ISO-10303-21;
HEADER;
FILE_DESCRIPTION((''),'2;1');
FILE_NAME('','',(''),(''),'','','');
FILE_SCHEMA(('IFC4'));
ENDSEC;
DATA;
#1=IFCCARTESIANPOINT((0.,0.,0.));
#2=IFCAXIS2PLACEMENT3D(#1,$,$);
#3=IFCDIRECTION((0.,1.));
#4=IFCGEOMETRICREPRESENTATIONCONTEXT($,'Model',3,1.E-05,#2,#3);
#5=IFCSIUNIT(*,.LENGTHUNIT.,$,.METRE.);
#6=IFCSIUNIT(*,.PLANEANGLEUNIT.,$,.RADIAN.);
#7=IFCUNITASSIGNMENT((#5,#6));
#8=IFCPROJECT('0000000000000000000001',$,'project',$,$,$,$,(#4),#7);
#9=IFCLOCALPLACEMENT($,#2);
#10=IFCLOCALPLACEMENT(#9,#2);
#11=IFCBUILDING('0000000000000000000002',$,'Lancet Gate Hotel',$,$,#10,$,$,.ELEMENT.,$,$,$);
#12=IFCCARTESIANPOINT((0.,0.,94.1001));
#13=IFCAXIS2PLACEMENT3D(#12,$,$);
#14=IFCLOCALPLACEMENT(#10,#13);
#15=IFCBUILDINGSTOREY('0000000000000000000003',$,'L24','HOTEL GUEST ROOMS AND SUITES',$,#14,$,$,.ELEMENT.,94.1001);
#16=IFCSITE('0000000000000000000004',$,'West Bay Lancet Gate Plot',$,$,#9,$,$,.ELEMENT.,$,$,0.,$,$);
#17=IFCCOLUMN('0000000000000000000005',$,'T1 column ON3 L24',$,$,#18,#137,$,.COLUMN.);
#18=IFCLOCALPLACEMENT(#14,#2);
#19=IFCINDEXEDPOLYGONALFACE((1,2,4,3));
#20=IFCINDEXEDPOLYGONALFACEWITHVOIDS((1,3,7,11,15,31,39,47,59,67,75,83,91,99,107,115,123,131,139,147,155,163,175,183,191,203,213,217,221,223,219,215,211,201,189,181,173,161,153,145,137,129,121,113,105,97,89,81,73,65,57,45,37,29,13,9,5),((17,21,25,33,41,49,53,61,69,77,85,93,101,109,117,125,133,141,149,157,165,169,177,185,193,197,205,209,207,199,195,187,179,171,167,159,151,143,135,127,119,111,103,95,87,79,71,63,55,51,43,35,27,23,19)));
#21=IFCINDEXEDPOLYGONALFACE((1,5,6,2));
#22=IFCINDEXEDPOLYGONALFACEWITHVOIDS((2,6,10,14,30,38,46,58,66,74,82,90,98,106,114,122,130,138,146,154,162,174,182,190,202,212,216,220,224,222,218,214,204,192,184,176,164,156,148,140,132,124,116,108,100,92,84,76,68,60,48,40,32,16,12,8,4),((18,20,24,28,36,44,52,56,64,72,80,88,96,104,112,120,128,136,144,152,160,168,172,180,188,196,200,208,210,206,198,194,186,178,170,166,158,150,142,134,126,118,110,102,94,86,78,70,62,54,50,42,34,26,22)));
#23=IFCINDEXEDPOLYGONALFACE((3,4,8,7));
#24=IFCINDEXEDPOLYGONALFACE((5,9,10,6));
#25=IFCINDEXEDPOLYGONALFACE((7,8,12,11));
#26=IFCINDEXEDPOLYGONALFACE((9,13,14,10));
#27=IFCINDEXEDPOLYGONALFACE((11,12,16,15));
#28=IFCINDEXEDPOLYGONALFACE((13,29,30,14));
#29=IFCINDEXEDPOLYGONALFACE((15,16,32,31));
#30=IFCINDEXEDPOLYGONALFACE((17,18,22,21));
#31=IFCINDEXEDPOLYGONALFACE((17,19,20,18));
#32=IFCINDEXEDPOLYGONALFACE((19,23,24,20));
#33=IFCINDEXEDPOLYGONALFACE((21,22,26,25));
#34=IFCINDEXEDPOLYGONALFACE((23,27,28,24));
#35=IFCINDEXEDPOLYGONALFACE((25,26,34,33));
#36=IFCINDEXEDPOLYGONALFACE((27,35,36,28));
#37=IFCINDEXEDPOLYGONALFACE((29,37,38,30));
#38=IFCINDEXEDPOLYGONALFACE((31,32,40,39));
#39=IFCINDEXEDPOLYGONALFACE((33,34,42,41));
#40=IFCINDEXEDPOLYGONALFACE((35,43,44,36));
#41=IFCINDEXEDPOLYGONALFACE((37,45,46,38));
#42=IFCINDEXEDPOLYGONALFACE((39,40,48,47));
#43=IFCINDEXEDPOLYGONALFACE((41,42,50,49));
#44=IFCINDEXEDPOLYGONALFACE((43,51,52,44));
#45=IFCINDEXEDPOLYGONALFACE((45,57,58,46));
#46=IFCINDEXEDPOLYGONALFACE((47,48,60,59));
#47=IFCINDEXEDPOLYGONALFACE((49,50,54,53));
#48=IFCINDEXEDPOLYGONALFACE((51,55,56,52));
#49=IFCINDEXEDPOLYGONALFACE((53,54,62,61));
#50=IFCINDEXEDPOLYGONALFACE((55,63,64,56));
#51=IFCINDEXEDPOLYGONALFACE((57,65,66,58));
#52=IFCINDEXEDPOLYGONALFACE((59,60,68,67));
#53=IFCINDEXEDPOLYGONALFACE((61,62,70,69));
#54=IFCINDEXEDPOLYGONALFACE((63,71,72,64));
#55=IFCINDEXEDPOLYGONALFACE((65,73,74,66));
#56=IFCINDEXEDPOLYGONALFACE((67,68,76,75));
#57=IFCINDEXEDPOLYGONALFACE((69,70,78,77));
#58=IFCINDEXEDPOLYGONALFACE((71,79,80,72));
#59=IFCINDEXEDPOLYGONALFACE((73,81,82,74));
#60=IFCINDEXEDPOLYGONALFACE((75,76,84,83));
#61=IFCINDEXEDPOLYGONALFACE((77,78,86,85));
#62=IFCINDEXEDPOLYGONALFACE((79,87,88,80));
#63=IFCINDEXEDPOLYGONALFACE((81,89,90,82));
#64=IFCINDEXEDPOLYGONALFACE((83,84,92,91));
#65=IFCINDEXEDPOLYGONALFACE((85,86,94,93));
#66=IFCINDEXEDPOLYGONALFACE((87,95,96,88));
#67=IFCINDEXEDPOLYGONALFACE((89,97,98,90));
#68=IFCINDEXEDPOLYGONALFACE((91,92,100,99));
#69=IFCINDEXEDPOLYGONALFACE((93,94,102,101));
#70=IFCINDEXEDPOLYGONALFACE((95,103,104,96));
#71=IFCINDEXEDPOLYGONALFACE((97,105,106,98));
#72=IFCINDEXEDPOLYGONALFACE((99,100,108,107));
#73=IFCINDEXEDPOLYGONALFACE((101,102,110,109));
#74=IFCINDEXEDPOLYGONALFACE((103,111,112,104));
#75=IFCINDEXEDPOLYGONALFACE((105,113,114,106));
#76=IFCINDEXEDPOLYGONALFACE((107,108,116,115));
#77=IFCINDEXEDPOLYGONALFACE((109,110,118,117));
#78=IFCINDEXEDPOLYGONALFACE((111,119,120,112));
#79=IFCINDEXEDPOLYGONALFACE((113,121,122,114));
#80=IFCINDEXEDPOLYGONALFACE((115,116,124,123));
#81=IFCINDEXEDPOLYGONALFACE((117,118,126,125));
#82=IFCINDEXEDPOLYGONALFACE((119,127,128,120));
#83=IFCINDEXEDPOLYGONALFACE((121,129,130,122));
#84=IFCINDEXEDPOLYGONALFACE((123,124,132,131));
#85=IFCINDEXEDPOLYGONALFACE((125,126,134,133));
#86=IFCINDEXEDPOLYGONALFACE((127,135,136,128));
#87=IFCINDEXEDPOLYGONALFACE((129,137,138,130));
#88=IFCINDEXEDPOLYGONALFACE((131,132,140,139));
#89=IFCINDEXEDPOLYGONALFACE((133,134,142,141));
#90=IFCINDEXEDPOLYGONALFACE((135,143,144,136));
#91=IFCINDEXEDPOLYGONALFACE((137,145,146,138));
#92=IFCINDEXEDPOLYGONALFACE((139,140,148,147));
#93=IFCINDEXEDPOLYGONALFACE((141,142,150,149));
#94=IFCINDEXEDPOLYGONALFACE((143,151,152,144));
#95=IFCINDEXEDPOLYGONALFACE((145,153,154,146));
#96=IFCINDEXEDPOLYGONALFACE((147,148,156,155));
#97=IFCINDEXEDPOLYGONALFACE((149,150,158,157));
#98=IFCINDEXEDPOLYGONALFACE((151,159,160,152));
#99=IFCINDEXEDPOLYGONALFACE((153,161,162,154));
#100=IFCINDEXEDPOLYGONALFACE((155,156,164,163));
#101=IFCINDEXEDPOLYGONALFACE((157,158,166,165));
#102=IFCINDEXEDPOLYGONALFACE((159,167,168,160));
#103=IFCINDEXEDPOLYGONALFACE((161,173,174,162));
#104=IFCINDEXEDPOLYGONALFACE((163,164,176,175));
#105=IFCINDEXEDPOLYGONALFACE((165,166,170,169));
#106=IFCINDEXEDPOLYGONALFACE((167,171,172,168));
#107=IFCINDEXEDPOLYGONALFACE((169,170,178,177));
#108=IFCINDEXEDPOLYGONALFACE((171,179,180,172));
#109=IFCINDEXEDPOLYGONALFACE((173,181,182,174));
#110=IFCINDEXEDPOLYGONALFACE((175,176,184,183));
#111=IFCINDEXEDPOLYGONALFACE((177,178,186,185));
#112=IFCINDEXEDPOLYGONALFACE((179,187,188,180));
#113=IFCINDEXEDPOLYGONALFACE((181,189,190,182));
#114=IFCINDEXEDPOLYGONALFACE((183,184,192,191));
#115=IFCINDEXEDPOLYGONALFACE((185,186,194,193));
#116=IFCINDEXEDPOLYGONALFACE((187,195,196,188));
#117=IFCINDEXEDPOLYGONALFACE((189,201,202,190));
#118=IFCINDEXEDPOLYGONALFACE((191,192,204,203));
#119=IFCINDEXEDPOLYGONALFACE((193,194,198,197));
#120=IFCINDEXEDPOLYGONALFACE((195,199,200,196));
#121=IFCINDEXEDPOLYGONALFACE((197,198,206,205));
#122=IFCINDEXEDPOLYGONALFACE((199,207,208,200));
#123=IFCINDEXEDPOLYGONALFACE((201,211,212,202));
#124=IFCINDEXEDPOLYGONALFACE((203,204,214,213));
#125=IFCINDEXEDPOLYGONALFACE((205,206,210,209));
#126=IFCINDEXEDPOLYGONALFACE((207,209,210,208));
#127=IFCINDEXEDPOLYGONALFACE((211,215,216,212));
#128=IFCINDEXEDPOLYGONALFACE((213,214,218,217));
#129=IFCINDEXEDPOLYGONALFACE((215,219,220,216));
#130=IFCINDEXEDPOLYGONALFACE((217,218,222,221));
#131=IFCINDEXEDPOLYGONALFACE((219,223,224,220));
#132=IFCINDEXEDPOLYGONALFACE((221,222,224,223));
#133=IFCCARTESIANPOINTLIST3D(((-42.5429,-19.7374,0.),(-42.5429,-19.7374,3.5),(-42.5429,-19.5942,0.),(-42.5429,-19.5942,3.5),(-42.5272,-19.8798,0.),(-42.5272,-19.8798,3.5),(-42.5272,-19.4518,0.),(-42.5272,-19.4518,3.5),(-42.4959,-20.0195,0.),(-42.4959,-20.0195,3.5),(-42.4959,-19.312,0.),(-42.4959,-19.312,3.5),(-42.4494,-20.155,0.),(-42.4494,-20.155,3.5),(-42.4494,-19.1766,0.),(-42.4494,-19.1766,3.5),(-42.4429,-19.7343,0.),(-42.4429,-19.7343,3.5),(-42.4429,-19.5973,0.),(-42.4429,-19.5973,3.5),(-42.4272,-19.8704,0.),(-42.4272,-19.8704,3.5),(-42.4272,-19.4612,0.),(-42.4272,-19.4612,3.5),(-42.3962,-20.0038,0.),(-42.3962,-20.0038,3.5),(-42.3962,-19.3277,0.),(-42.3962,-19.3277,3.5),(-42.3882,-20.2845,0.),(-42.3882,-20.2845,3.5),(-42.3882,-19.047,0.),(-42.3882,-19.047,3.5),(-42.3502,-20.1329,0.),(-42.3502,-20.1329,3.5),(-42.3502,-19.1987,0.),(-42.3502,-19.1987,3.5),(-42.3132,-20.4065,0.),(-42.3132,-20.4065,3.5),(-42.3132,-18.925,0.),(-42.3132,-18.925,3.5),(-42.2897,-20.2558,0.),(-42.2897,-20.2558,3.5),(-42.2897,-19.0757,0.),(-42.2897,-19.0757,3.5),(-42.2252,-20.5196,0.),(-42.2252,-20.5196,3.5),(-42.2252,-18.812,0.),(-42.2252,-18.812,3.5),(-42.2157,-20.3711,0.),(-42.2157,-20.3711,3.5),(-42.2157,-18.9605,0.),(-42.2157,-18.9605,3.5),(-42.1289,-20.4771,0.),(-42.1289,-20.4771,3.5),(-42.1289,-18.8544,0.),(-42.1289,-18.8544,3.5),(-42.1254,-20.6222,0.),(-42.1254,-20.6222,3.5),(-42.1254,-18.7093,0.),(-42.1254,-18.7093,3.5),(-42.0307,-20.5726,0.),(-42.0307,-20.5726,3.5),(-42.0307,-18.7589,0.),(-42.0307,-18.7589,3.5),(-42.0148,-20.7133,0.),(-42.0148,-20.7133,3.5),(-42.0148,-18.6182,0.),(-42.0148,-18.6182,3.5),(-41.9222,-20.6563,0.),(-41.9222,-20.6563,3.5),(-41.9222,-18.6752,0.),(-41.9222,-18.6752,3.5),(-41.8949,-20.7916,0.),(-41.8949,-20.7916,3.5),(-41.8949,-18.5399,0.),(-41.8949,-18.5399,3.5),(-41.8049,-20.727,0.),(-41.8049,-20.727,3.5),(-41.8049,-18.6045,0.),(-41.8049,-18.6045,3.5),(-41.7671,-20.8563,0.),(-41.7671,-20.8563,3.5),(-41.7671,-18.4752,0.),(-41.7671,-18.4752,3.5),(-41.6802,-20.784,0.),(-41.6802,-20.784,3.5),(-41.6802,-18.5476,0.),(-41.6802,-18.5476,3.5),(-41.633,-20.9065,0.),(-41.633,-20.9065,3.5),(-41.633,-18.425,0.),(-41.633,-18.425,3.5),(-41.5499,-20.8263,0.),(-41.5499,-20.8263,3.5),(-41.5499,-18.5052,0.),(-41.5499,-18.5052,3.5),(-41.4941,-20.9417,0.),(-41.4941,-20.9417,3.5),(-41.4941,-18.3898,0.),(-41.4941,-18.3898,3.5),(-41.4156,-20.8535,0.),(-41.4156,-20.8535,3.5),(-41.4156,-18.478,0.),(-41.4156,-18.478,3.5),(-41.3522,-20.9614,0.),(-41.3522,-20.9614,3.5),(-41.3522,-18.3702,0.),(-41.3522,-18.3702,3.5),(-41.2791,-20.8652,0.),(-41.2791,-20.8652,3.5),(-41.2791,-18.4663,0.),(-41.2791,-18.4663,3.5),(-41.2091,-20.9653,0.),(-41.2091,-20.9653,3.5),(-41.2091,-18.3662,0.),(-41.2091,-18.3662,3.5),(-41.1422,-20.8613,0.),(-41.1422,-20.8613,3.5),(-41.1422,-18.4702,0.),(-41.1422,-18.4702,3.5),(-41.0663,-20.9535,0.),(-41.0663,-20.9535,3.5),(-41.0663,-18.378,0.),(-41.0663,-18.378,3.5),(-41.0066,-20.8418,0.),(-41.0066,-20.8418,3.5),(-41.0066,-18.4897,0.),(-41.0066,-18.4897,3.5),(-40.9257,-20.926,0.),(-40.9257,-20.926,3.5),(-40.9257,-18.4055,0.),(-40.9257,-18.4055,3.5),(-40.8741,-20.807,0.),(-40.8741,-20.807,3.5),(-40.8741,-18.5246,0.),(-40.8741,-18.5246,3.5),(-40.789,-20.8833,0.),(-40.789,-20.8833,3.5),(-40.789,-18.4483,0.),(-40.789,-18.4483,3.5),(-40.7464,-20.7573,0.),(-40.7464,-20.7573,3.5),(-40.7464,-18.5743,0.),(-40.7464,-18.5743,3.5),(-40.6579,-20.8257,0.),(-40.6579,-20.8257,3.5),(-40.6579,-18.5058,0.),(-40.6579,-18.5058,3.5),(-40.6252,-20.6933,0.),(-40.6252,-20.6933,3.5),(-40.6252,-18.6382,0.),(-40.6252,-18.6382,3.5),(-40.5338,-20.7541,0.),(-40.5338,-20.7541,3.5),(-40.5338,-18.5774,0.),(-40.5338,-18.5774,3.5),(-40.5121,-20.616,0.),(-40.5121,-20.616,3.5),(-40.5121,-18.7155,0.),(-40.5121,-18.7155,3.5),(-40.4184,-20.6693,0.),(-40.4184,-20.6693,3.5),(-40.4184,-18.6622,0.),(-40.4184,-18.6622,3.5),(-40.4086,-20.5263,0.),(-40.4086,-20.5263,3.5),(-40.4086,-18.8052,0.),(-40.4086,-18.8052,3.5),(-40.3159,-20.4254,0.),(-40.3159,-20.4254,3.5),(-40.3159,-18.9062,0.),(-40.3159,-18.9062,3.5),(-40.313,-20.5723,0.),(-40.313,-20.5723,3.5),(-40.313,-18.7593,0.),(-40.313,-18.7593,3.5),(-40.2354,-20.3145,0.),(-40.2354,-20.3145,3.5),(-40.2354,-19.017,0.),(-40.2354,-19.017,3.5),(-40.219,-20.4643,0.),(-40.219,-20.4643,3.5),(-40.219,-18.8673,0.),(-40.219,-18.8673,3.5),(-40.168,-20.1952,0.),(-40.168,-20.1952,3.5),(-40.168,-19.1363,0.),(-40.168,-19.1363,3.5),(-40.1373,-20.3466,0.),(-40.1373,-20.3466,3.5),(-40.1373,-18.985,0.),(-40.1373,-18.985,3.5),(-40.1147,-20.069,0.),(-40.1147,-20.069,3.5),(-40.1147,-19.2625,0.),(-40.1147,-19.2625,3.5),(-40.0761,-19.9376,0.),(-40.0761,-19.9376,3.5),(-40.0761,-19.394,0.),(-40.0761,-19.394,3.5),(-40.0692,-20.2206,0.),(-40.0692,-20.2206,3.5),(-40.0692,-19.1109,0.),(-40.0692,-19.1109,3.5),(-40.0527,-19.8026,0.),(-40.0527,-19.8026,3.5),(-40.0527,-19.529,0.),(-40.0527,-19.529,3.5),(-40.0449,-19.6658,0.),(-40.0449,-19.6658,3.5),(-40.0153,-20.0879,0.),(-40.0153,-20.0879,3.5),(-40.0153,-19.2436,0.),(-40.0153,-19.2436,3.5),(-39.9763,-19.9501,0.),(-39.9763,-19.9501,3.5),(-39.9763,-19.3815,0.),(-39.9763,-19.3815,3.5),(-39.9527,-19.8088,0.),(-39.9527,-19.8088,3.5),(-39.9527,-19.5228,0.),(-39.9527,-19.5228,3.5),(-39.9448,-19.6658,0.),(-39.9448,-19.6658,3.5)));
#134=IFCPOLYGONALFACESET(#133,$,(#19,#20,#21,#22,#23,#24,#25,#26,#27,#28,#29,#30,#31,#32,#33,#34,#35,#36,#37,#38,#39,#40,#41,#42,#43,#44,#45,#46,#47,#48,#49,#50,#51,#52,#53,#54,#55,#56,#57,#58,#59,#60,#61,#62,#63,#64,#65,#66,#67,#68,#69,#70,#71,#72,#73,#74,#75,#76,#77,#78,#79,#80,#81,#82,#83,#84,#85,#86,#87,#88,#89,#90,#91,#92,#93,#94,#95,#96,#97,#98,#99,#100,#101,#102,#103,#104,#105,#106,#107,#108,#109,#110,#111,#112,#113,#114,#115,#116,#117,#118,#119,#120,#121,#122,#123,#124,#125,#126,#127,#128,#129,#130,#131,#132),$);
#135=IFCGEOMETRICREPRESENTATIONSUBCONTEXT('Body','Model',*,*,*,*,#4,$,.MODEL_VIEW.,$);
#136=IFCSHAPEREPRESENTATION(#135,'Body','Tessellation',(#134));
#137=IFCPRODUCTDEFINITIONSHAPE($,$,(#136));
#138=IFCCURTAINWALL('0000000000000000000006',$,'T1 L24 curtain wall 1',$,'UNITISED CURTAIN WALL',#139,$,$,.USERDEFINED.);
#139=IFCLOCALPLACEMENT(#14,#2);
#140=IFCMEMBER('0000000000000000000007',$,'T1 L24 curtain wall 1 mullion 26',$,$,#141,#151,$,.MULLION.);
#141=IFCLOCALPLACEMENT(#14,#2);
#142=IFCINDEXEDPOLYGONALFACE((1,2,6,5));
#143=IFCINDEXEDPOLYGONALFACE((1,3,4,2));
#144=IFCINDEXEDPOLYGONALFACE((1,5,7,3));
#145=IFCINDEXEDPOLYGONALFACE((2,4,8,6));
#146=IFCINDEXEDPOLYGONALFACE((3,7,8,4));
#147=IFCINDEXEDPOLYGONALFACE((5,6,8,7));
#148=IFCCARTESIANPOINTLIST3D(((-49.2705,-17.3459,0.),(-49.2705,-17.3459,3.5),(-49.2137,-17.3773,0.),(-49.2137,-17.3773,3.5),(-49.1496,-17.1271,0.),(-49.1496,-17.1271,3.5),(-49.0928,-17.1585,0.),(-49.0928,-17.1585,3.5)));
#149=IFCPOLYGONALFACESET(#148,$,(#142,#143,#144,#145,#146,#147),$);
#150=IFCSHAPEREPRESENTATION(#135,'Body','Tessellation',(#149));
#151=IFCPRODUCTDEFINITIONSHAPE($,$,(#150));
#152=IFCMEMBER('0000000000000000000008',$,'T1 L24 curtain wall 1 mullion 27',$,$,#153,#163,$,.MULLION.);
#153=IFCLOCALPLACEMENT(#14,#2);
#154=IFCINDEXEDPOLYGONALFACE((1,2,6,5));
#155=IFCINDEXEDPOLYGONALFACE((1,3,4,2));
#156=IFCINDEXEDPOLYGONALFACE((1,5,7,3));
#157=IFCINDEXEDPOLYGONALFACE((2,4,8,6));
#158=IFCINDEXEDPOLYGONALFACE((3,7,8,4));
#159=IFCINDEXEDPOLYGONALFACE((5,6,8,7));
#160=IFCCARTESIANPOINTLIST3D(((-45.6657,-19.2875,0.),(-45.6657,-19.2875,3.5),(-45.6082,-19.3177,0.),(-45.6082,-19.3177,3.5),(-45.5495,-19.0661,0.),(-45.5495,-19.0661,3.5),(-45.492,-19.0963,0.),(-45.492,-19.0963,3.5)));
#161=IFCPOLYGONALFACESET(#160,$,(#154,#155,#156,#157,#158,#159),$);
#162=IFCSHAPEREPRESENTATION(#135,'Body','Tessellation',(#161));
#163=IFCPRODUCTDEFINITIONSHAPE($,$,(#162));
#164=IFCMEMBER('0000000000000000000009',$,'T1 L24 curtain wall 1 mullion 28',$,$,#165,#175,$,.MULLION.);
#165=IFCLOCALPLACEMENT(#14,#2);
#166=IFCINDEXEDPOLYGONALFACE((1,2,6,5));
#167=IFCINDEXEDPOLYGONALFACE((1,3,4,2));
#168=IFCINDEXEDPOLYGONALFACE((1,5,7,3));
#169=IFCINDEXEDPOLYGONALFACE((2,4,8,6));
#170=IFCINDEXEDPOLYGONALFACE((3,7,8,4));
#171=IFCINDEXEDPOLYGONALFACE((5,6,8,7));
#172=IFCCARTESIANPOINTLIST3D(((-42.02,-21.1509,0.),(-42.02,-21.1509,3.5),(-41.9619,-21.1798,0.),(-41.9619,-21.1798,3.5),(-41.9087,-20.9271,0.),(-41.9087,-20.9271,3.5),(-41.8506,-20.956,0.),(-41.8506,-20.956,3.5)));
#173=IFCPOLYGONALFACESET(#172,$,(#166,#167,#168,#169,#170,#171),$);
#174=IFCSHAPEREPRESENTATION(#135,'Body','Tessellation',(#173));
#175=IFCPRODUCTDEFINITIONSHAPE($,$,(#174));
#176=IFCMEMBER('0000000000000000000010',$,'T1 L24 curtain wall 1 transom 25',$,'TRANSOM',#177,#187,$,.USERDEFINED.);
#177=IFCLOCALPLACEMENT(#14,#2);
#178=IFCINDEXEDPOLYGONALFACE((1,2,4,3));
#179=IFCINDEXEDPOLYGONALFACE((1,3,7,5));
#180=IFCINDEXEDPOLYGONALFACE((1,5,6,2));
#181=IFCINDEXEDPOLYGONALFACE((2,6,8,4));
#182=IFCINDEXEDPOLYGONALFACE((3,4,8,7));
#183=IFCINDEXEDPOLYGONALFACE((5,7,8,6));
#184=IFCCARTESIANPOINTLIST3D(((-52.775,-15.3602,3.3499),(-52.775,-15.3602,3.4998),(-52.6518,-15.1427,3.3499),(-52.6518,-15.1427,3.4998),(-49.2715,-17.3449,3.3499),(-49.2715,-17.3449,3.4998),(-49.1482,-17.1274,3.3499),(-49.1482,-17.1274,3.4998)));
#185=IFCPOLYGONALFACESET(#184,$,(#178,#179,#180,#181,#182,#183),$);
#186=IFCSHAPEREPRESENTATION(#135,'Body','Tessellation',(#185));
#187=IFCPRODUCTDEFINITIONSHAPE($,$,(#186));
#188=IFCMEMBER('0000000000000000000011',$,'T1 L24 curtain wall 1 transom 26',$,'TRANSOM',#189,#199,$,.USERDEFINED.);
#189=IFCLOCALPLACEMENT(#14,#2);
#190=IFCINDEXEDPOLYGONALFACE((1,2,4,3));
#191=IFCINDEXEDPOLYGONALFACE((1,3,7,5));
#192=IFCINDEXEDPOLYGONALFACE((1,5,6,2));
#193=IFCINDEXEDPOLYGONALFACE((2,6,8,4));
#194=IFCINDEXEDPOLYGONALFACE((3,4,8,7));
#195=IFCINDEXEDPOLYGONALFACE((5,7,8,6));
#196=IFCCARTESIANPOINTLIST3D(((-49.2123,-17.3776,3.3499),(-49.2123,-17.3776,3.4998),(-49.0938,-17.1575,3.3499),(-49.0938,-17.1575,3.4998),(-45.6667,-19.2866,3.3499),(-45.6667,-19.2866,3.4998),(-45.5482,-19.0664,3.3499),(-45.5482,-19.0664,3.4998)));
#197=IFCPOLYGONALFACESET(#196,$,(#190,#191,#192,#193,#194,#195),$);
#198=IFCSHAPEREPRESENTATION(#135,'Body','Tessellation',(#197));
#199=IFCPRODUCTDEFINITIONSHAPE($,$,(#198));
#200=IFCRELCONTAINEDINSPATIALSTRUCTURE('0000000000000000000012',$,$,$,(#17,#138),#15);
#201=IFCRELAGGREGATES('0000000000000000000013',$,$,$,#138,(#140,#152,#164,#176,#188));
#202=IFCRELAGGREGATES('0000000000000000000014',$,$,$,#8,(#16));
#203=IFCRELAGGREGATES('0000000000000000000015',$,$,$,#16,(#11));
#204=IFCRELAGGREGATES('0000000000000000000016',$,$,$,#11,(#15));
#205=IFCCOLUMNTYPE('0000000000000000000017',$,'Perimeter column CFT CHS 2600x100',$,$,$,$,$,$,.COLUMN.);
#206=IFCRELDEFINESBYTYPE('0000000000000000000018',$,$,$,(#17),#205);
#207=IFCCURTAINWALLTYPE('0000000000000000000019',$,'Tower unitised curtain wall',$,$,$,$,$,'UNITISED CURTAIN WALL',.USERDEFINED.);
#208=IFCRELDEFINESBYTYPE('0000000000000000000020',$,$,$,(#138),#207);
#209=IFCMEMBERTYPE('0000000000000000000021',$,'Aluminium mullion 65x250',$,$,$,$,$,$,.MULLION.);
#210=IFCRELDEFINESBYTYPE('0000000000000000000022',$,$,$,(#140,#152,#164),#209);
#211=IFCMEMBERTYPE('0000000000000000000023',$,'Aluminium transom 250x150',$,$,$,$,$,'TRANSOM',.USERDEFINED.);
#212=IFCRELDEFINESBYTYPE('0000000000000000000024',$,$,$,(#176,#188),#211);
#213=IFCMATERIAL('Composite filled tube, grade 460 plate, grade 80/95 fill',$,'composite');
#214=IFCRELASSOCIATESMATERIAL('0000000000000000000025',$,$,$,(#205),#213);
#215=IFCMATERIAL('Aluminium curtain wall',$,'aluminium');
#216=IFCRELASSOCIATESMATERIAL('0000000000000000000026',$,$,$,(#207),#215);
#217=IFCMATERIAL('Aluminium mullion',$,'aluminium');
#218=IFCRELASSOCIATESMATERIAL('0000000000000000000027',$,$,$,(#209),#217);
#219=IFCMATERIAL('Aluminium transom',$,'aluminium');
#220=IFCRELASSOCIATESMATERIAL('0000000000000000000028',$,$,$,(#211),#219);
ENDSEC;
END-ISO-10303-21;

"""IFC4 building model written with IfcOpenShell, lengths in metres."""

from ifc_helpers import new_model, si_unit, direction, frame, origin, origin_2d, place, context, subcontext, project, spatial, rectangle, hollow_circle, extrude, material, material_profile, profile_set, type_object, element, aggregate, save


model = new_model("IFC4")

# Units and contexts
model_context = context("Model", 3, precision=1e-05, world=origin(), true_north=direction((0.0, 1.0)))
body_context = subcontext(model_context, "Body", "Model", "MODEL_VIEW")
ifc_project = project(units=[si_unit("LENGTHUNIT", "METRE"), si_unit("PLANEANGLEUNIT", "RADIAN")], contexts=[model_context])

# Site, building, storey
site_placement = place(None, origin())
site = spatial("IfcSite", under=ifc_project, at=site_placement, Name="West Bay Lancet Gate Plot", CompositionType="ELEMENT", RefElevation=0.0)
building_placement = place(site_placement, origin())
building = spatial("IfcBuilding", under=site, at=building_placement, Name="Lancet Gate Hotel", CompositionType="ELEMENT")
storey_placement = place(building_placement, frame((0.0, 0.0, 94.1001)))
storey = spatial("IfcBuildingStorey", under=building, at=storey_placement, Name="L24", Description="HOTEL GUEST ROOMS AND SUITES", CompositionType="ELEMENT", Elevation=94.1001)

# Column
ifc_material_1 = material(Name="Composite filled tube, grade 460 plate, grade 80/95 fill", Category="composite")
ifc_material_profile_1 = material_profile(ifc_material_1, hollow_circle(Radius=1.3, WallThickness=0.1001, at=origin_2d()), Name="CHS 2600x100")
ifc_profile_set_1 = profile_set([ifc_material_profile_1], Name="Composite filled tube, grade 460 plate, grade 80/95 fill")
column_type = type_object("IfcColumnType", Name="Perimeter column CFT CHS 2600x100", PredefinedType="COLUMN", material=ifc_profile_set_1)
for number, where, z_axis, x_axis, name in (
    (1, (-41.2449, -19.6658, 0.0), (0.0, 0.0, 1.0), (1.0, 0.0, 0.0), "T1 column ON3 L24"),
):
    element("IfcColumn", number, at=place(storey_placement, frame(where, z_axis=z_axis, x_axis=x_axis)), inside=storey, type_object=column_type, Name=name, PredefinedType="COLUMN", context=body_context, shape_type="SweptSolid", body=[
        extrude(hollow_circle(Radius=1.3, WallThickness=0.1001, at=origin_2d()), origin(), (0.0, 0.0, 1.0), 3.5),
    ])

# Curtain wall, members
ifc_material_2 = material(Name="Aluminium curtain wall", Category="aluminium")
curtain_wall_type = type_object("IfcCurtainWallType", Name="Tower unitised curtain wall", ElementType="UNITISED CURTAIN WALL", PredefinedType="USERDEFINED", material=ifc_material_2)
curtain_wall_placement = place(storey_placement, origin())
curtain_wall = element("IfcCurtainWall", 2, at=curtain_wall_placement, inside=storey, type_object=curtain_wall_type, Name="T1 L24 curtain wall 1", ObjectType="UNITISED CURTAIN WALL", PredefinedType="USERDEFINED")
ifc_material_3 = material(Name="Aluminium mullion", Category="aluminium")
ifc_material_profile_2 = material_profile(ifc_material_3, rectangle(XDim=0.0649, YDim=0.25, at=origin_2d()), Name="MULLION 65x250")
ifc_profile_set_2 = profile_set([ifc_material_profile_2], Name="Aluminium mullion")
member_type_1 = type_object("IfcMemberType", Name="Aluminium mullion 65x250", PredefinedType="MULLION", material=ifc_profile_set_2)
member_1_placement = place(storey_placement, frame((-49.1816, -17.2522, 0.0), z_axis=(0.0, 0.0, 1.0), x_axis=(0.875339, -0.48351, 0.0)))
member_1 = element("IfcMember", 3, at=member_1_placement, type_object=member_type_1, Name="T1 L24 curtain wall 1 mullion 26", PredefinedType="MULLION", context=body_context, shape_type="SweptSolid", body=[
    extrude(rectangle(XDim=0.0649, YDim=0.25, at=origin_2d()), origin(), (0.0, 0.0, 1.0), 3.5),
])
member_2_placement = place(storey_placement, frame((-45.5789, -19.1919, 0.0), z_axis=(0.0, 0.0, 1.0), x_axis=(0.885544, -0.464555, 0.0)))
member_2 = element("IfcMember", 4, at=member_2_placement, type_object=member_type_1, Name="T1 L24 curtain wall 1 mullion 27", PredefinedType="MULLION", context=body_context, shape_type="SweptSolid", body=[
    extrude(rectangle(XDim=0.0649, YDim=0.25, at=origin_2d()), origin(), (0.0, 0.0, 1.0), 3.5),
])
member_3_placement = place(storey_placement, frame((-41.9353, -21.0535, 0.0), z_axis=(0.0, 0.0, 1.0), x_axis=(0.895339, -0.445384, 0.0)))
member_3 = element("IfcMember", 5, at=member_3_placement, type_object=member_type_1, Name="T1 L24 curtain wall 1 mullion 28", PredefinedType="MULLION", context=body_context, shape_type="SweptSolid", body=[
    extrude(rectangle(XDim=0.0649, YDim=0.25, at=origin_2d()), origin(), (0.0, 0.0, 1.0), 3.5),
])
ifc_material_4 = material(Name="Aluminium transom", Category="aluminium")
ifc_material_profile_3 = material_profile(ifc_material_4, rectangle(XDim=0.25, YDim=0.1499, at=origin_2d()), Name="TRANSOM 250x150")
ifc_profile_set_3 = profile_set([ifc_material_profile_3], Name="Aluminium transom")
member_type_2 = type_object("IfcMemberType", Name="Aluminium transom 250x150", ElementType="TRANSOM", PredefinedType="USERDEFINED", material=ifc_profile_set_3)
member_4_placement = place(storey_placement, frame((-52.7134, -15.2515, 3.4248), z_axis=(0.870092, -0.49289, 0.0), x_axis=(0.49289, 0.870092, 0.0)))
member_4 = element("IfcMember", 6, at=member_4_placement, type_object=member_type_2, Name="T1 L24 curtain wall 1 transom 25", ObjectType="TRANSOM", PredefinedType="USERDEFINED", context=body_context, shape_type="SweptSolid", body=[
    extrude(rectangle(XDim=0.25, YDim=0.1499, at=origin_2d()), origin(), (0.0, 0.0, 1.0), 4.0266),
])
member_5_placement = place(storey_placement, frame((-49.1531, -17.2676, 3.4248), z_axis=(0.880498, -0.474049, 0.0), x_axis=(0.474049, 0.880498, 0.0)))
member_5 = element("IfcMember", 7, at=member_5_placement, type_object=member_type_2, Name="T1 L24 curtain wall 1 transom 26", ObjectType="TRANSOM", PredefinedType="USERDEFINED", context=body_context, shape_type="SweptSolid", body=[
    extrude(rectangle(XDim=0.25, YDim=0.1499, at=origin_2d()), origin(), (0.0, 0.0, 1.0), 4.0269),
])

aggregate(curtain_wall, [member_1, member_2, member_3, member_4, member_5])

save(model, "model.ifc")
